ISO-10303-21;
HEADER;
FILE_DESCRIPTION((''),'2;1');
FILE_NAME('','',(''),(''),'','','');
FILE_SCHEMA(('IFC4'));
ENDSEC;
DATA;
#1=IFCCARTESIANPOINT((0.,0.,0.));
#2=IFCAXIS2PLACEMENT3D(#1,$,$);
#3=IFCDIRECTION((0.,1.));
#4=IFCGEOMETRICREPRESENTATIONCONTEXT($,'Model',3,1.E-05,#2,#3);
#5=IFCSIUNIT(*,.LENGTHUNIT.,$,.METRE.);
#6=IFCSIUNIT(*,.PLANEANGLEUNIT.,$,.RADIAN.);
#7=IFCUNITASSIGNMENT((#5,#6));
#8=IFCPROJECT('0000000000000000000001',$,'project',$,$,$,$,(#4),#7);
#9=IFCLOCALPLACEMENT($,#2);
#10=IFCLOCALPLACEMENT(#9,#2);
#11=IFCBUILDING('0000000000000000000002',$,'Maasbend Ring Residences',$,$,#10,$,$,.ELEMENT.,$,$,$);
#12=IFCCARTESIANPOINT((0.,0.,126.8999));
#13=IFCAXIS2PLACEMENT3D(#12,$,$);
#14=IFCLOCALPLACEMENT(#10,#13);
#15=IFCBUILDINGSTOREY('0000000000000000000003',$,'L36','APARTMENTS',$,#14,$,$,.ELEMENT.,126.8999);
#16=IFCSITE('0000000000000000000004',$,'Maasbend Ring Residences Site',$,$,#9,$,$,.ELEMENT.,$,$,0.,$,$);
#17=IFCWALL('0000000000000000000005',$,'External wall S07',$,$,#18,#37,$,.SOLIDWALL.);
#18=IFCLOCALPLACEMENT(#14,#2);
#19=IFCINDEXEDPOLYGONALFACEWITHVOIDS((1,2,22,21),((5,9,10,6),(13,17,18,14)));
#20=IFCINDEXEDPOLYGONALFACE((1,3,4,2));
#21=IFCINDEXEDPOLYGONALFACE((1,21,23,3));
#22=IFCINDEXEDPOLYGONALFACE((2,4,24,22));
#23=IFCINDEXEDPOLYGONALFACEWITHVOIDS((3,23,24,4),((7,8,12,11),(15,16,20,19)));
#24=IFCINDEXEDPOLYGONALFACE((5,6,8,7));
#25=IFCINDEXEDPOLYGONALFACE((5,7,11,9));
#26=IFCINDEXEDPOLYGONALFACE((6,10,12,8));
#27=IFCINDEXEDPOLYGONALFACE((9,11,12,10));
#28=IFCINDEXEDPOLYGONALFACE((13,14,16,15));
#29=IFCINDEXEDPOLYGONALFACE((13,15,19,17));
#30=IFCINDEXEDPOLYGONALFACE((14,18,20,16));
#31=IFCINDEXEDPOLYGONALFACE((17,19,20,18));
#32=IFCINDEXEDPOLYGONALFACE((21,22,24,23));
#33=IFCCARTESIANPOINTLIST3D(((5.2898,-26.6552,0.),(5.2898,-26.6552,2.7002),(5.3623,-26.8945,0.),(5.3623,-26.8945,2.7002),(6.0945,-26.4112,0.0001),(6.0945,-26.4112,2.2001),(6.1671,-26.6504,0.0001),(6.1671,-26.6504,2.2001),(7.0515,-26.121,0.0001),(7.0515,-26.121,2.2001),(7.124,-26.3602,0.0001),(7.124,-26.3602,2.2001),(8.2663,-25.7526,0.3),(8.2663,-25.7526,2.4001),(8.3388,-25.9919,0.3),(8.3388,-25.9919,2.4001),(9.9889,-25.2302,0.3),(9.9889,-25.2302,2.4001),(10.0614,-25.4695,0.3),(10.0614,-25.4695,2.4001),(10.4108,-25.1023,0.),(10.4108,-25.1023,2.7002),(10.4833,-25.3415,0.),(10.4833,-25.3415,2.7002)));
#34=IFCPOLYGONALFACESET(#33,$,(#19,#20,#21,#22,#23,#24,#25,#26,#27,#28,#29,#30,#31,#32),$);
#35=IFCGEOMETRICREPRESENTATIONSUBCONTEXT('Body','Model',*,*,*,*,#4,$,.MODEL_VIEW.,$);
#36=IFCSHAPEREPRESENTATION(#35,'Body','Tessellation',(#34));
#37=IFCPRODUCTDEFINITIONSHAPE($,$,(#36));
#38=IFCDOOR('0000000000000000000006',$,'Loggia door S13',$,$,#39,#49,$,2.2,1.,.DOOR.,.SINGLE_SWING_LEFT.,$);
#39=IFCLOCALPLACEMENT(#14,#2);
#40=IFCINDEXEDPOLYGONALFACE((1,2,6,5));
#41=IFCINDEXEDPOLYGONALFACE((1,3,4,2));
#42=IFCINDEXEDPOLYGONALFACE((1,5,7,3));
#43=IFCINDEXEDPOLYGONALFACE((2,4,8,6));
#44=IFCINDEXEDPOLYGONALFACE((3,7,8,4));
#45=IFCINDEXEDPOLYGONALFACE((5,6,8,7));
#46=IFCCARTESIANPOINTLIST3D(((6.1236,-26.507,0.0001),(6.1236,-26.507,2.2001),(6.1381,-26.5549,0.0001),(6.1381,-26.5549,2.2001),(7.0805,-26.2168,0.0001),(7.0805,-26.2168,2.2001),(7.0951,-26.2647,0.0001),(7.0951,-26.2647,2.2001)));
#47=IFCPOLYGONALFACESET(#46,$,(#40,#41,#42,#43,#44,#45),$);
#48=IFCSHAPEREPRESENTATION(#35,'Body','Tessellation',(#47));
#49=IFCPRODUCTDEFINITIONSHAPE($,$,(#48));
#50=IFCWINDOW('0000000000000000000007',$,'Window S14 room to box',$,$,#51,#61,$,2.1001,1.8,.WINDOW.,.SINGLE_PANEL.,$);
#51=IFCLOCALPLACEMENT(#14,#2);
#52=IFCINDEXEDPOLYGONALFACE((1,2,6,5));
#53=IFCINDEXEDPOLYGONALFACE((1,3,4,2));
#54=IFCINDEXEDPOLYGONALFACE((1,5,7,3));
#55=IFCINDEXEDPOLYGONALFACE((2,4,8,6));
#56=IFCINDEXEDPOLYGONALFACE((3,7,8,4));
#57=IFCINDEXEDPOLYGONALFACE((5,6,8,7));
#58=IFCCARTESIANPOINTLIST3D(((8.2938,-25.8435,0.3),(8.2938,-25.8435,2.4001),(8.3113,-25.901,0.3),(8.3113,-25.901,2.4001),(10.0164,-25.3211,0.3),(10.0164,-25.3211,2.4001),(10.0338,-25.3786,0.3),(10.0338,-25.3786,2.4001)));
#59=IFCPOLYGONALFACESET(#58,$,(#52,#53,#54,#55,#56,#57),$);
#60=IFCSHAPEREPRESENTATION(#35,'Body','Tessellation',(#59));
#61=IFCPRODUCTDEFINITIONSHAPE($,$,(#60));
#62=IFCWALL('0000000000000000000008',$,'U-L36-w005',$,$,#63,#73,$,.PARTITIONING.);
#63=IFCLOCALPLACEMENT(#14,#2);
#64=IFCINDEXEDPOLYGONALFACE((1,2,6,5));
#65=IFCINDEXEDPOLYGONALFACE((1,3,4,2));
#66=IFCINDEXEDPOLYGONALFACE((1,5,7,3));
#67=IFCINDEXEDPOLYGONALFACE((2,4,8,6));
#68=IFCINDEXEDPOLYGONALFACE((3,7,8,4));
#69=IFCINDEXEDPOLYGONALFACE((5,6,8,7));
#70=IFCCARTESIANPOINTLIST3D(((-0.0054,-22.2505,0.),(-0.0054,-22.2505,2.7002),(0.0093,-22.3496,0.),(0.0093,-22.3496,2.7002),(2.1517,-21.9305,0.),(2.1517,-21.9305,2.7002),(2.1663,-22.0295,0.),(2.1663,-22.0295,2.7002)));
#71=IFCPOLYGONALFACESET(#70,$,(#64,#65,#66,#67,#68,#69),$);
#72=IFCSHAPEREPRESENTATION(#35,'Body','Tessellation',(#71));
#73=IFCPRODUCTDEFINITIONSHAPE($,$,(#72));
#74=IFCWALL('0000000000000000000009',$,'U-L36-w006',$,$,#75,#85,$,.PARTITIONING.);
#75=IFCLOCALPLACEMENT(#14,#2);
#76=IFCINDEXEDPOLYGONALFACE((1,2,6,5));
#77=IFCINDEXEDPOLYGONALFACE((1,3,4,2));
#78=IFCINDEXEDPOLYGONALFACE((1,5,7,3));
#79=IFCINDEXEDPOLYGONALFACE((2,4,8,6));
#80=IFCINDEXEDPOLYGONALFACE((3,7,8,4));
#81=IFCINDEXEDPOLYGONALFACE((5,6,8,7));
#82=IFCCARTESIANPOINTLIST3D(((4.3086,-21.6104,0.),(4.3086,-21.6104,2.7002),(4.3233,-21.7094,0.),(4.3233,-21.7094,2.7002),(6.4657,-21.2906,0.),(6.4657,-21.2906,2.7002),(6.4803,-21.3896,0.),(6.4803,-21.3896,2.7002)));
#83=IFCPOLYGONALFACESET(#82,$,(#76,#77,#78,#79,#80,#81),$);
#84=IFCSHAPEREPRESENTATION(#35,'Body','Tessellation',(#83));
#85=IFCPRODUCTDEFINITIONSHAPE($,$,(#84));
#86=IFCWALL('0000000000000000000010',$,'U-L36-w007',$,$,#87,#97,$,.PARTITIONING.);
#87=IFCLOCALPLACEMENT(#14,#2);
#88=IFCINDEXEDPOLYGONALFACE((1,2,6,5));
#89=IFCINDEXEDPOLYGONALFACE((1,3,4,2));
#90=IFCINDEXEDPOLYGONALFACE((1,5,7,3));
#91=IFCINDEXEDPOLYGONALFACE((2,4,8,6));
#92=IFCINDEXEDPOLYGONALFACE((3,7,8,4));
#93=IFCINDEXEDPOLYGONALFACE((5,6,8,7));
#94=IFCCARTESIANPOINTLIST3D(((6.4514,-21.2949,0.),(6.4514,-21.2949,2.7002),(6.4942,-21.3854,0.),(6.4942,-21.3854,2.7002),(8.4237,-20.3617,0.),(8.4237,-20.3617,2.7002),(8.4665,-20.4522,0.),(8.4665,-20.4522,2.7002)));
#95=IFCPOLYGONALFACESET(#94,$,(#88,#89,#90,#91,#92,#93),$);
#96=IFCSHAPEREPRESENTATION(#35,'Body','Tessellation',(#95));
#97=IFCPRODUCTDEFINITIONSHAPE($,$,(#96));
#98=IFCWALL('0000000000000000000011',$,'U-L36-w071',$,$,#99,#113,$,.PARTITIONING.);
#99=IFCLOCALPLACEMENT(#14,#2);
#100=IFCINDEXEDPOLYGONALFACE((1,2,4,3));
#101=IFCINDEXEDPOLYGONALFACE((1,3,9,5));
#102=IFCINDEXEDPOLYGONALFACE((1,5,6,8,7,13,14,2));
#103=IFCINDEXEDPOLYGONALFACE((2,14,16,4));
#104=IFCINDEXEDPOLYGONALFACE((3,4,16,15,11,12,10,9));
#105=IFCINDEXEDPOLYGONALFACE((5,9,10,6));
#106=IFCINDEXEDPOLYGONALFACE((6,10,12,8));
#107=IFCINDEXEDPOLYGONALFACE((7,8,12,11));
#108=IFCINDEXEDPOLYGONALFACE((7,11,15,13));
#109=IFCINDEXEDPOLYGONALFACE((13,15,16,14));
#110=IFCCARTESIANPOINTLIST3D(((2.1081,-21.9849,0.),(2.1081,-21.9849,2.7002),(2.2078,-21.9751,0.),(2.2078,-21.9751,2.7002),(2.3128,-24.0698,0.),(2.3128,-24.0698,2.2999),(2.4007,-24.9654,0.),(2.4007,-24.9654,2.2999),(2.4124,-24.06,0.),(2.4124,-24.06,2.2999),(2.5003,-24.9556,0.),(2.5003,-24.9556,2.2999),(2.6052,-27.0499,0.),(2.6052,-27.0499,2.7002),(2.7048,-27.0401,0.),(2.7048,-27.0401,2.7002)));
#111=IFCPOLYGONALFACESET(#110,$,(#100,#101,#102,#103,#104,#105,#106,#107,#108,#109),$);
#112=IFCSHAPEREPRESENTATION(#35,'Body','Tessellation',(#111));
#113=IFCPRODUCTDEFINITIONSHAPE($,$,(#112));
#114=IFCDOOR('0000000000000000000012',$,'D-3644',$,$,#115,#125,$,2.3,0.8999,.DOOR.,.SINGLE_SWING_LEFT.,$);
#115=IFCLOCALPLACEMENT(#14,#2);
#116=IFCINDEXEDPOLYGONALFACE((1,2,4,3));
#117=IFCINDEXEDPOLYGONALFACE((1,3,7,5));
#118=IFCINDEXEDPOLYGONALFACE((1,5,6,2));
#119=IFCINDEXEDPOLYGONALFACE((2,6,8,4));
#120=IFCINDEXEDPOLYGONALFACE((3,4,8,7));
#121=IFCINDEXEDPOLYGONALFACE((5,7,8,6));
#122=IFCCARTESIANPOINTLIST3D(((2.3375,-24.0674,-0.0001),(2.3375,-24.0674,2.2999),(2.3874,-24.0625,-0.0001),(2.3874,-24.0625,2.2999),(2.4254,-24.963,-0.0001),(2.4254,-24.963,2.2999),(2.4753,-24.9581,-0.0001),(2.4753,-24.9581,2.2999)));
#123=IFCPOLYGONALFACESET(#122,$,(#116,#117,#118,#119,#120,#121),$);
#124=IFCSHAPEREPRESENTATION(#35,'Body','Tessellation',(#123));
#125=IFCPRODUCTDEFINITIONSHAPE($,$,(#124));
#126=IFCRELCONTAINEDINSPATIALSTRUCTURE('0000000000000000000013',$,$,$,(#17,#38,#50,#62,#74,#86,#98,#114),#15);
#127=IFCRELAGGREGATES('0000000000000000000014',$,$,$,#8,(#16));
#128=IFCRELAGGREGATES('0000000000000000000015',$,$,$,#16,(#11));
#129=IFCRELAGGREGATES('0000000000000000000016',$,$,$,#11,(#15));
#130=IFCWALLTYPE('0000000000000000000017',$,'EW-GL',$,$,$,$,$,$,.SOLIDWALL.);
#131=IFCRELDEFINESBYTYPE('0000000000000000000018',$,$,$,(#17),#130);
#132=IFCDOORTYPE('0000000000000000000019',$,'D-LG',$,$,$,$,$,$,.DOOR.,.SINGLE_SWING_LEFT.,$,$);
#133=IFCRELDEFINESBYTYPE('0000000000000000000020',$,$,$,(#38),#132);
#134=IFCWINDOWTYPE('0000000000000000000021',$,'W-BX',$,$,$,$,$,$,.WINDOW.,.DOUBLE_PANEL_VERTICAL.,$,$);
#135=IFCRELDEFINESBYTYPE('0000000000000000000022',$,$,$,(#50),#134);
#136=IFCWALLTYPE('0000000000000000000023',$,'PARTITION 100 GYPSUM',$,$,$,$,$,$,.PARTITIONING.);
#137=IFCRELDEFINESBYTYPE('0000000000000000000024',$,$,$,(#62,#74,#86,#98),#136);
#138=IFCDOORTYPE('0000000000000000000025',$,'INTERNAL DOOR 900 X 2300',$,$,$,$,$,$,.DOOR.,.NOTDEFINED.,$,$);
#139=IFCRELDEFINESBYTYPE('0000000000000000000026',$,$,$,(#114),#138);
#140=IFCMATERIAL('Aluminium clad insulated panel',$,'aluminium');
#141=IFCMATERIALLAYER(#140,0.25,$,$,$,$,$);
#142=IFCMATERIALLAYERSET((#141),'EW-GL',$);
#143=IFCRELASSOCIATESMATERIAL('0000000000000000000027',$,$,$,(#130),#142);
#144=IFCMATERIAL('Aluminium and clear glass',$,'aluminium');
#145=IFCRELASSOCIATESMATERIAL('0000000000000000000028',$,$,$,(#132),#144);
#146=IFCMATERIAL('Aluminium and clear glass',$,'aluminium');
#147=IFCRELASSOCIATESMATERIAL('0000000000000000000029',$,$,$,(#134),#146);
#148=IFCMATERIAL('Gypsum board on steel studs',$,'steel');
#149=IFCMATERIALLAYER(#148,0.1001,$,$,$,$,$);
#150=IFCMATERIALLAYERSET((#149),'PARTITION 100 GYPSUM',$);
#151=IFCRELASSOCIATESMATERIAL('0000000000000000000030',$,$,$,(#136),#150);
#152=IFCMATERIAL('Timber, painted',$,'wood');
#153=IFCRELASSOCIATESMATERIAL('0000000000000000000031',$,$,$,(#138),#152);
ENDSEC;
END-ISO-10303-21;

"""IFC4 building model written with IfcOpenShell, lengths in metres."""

from ifc_helpers import new_model, si_unit, direction, frame, frame_2d, origin, place, context, subcontext, project, spatial, rectangle, extrude, material, layer, layer_set, type_object, element, fill, save


model = new_model("IFC4")

# Units and contexts
model_context = context("Model", 3, precision=1e-05, world=origin(), true_north=direction((0.0, 1.0)))
body_context = subcontext(model_context, "Body", "Model", "MODEL_VIEW")
ifc_project = project(units=[si_unit("LENGTHUNIT", "METRE"), si_unit("PLANEANGLEUNIT", "RADIAN")], contexts=[model_context])

# Site, building, storey
site_placement = place(None, origin())
site = spatial("IfcSite", under=ifc_project, at=site_placement, Name="Maasbend Ring Residences Site", CompositionType="ELEMENT", RefElevation=0.0)
building_placement = place(site_placement, origin())
building = spatial("IfcBuilding", under=site, at=building_placement, Name="Maasbend Ring Residences", CompositionType="ELEMENT")
storey_placement = place(building_placement, frame((0.0, 0.0, 126.8999)))
storey = spatial("IfcBuildingStorey", under=building, at=storey_placement, Name="L36", Description="APARTMENTS", CompositionType="ELEMENT", Elevation=126.8999)

# Wall, openings, door, window
ifc_material_1 = material(Name="Aluminium clad insulated panel", Category="aluminium")
ifc_layer_1 = layer(ifc_material_1, 0.25)
ifc_layer_set_1 = layer_set([ifc_layer_1], Name="EW-GL")
wall_type_1 = type_object("IfcWallType", Name="EW-GL", PredefinedType="SOLIDWALL", material=ifc_layer_set_1)
wall_1_placement = place(storey_placement, frame((5.3259, -26.7749, 0.0), z_axis=(0.0, 0.0, 1.0), x_axis=(0.956966, 0.290201, 0.0)))
wall_1 = element("IfcWall", 1, at=wall_1_placement, inside=storey, type_object=wall_type_1, Name="External wall S07", PredefinedType="SOLIDWALL", context=body_context, shape_type="SweptSolid", body=[
    extrude(rectangle(XDim=5.3513, YDim=0.25, at=frame_2d((2.6758, 0.0))), origin(), (0.0, 0.0, 1.0), 2.7002),
])
opening_1_placement = place(wall_1_placement, frame((0.8411, 0.0, 0.0)))
opening_1 = element("IfcOpeningElement", 2, at=opening_1_placement, cuts=wall_1, PredefinedType="OPENING", context=body_context, shape_type="SweptSolid", body=[
    extrude(rectangle(XDim=1.0, YDim=2.2, at=frame_2d((0.5, 1.1001))), frame((0.0, 0.135, 0.0), z_axis=(0.0, -1.0, 0.0), x_axis=(1.0, 0.0, 0.0)), (0.0, 0.0, 1.0), 0.27),
])
opening_2_placement = place(wall_1_placement, frame((3.1106, 0.0, 0.3)))
opening_2 = element("IfcOpeningElement", 3, at=opening_2_placement, cuts=wall_1, PredefinedType="OPENING", context=body_context, shape_type="SweptSolid", body=[
    extrude(rectangle(XDim=1.8, YDim=2.1001, at=frame_2d((0.8999, 1.05))), frame((0.0, 0.135, 0.0), z_axis=(0.0, -1.0, 0.0), x_axis=(1.0, 0.0, 0.0)), (0.0, 0.0, 1.0), 0.27),
])
ifc_material_2 = material(Name="Aluminium and clear glass", Category="aluminium")
door_type_1 = type_object("IfcDoorType", Name="D-LG", OperationType="SINGLE_SWING_LEFT", PredefinedType="DOOR", material=ifc_material_2)
door_1_placement = place(opening_1_placement, origin())
door_1 = element("IfcDoor", 4, at=door_1_placement, inside=storey, type_object=door_type_1, Name="Loggia door S13", OperationType="SINGLE_SWING_LEFT", OverallHeight=2.2, OverallWidth=1.0, PredefinedType="DOOR", context=body_context, shape_type="SweptSolid", body=[
    extrude(rectangle(XDim=1.0, YDim=2.2, at=frame_2d((0.5, 1.1001))), frame((0.0, 0.0249, 0.0), z_axis=(0.0, -1.0, 0.0), x_axis=(1.0, 0.0, 0.0)), (0.0, 0.0, 1.0), 0.05),
])
fill(opening_1, door_1)
ifc_material_3 = material(Name="Aluminium and clear glass", Category="aluminium")
window_type_1 = type_object("IfcWindowType", Name="W-BX", PartitioningType="DOUBLE_PANEL_VERTICAL", PredefinedType="WINDOW", material=ifc_material_3)
window_1_placement = place(opening_2_placement, origin())
window_1 = element("IfcWindow", 5, at=window_1_placement, inside=storey, type_object=window_type_1, Name="Window S14 room to box", OverallHeight=2.1001, OverallWidth=1.8, PartitioningType="SINGLE_PANEL", PredefinedType="WINDOW", context=body_context, shape_type="SweptSolid", body=[
    extrude(rectangle(XDim=1.8, YDim=2.1001, at=frame_2d((0.8999, 1.05))), frame((0.0, 0.03, 0.0), z_axis=(0.0, -1.0, 0.0), x_axis=(1.0, 0.0, 0.0)), (0.0, 0.0, 1.0), 0.0601),
])
fill(opening_2, window_1)

# Walls
ifc_material_4 = material(Name="Gypsum board on steel studs", Category="steel")
ifc_layer_2 = layer(ifc_material_4, 0.1001)
ifc_layer_set_2 = layer_set([ifc_layer_2], Name="PARTITION 100 GYPSUM")
wall_type_2 = type_object("IfcWallType", Name="PARTITION 100 GYPSUM", PredefinedType="PARTITIONING", material=ifc_layer_set_2)
for number, where, z_axis, x_axis, name in (
    (6, (0.002, -22.3, 0.0), (0.0, 0.0, 1.0), (0.989169, 0.14678, 0.0), "U-L36-w005"),
    (7, (4.3159, -21.6599, 0.0), (0.0, 0.0, 1.0), (0.989185, 0.14667, 0.0), "U-L36-w006"),
):
    element("IfcWall", number, at=place(storey_placement, frame(where, z_axis=z_axis, x_axis=x_axis)), inside=storey, type_object=wall_type_2, Name=name, PredefinedType="PARTITIONING", context=body_context, shape_type="SweptSolid", body=[
        extrude(rectangle(XDim=2.1807, YDim=0.1001, at=frame_2d((1.0903, 0.0))), origin(), (0.0, 0.0, 1.0), 2.7002),
    ])
wall_2_placement = place(storey_placement, frame((6.4729, -21.3401, 0.0), z_axis=(0.0, 0.0, 1.0), x_axis=(0.903929, 0.427682, 0.0)))
element("IfcWall", 8, at=wall_2_placement, inside=storey, type_object=wall_type_2, Name="U-L36-w007", PredefinedType="PARTITIONING", context=body_context, shape_type="SweptSolid", body=[
    extrude(rectangle(XDim=2.1819, YDim=0.1001, at=frame_2d((1.0908, 0.0))), origin(), (0.0, 0.0, 1.0), 2.7002),
])

# Wall, opening, door
wall_3_placement = place(storey_placement, frame((2.158, -21.98, 0.0), z_axis=(0.0, 0.0, 1.0), x_axis=(0.09767, -0.995219, 0.0)))
wall_3 = element("IfcWall", 9, at=wall_3_placement, inside=storey, type_object=wall_type_2, Name="U-L36-w071", PredefinedType="PARTITIONING", context=body_context, shape_type="SweptSolid", body=[
    extrude(rectangle(XDim=5.0894, YDim=0.1001, at=frame_2d((2.5447, 0.0))), origin(), (0.0, 0.0, 1.0), 2.7002),
])
opening_3_placement = place(wall_3_placement, frame((2.095, 0.0, 0.0)))
opening_3 = element("IfcOpeningElement", 10, at=opening_3_placement, cuts=wall_3, PredefinedType="OPENING", context=body_context, shape_type="SweptSolid", body=[
    extrude(rectangle(XDim=0.8999, YDim=2.3, at=frame_2d((0.45, 1.1499))), frame((0.0, 0.0601, 0.0), z_axis=(0.0, -1.0, 0.0), x_axis=(1.0, 0.0, 0.0)), (0.0, 0.0, 1.0), 0.1201),
])
ifc_material_5 = material(Name="Timber, painted", Category="wood")
door_type_2 = type_object("IfcDoorType", Name="INTERNAL DOOR 900 X 2300", OperationType="NOTDEFINED", PredefinedType="DOOR", material=ifc_material_5)
door_2_placement = place(opening_3_placement, origin())
door_2 = element("IfcDoor", 11, at=door_2_placement, inside=storey, type_object=door_type_2, Name="D-3644", OperationType="SINGLE_SWING_LEFT", OverallHeight=2.3, OverallWidth=0.8999, PredefinedType="DOOR", context=body_context, shape_type="SweptSolid", body=[
    extrude(rectangle(XDim=0.8999, YDim=2.3, at=frame_2d((0.45, 1.1499))), frame((0.0, 0.0249, 0.0), z_axis=(0.0, -1.0, 0.0), x_axis=(1.0, 0.0, 0.0)), (0.0, 0.0, 1.0), 0.05),
])
fill(opening_3, door_2)

save(model, "model.ifc")
